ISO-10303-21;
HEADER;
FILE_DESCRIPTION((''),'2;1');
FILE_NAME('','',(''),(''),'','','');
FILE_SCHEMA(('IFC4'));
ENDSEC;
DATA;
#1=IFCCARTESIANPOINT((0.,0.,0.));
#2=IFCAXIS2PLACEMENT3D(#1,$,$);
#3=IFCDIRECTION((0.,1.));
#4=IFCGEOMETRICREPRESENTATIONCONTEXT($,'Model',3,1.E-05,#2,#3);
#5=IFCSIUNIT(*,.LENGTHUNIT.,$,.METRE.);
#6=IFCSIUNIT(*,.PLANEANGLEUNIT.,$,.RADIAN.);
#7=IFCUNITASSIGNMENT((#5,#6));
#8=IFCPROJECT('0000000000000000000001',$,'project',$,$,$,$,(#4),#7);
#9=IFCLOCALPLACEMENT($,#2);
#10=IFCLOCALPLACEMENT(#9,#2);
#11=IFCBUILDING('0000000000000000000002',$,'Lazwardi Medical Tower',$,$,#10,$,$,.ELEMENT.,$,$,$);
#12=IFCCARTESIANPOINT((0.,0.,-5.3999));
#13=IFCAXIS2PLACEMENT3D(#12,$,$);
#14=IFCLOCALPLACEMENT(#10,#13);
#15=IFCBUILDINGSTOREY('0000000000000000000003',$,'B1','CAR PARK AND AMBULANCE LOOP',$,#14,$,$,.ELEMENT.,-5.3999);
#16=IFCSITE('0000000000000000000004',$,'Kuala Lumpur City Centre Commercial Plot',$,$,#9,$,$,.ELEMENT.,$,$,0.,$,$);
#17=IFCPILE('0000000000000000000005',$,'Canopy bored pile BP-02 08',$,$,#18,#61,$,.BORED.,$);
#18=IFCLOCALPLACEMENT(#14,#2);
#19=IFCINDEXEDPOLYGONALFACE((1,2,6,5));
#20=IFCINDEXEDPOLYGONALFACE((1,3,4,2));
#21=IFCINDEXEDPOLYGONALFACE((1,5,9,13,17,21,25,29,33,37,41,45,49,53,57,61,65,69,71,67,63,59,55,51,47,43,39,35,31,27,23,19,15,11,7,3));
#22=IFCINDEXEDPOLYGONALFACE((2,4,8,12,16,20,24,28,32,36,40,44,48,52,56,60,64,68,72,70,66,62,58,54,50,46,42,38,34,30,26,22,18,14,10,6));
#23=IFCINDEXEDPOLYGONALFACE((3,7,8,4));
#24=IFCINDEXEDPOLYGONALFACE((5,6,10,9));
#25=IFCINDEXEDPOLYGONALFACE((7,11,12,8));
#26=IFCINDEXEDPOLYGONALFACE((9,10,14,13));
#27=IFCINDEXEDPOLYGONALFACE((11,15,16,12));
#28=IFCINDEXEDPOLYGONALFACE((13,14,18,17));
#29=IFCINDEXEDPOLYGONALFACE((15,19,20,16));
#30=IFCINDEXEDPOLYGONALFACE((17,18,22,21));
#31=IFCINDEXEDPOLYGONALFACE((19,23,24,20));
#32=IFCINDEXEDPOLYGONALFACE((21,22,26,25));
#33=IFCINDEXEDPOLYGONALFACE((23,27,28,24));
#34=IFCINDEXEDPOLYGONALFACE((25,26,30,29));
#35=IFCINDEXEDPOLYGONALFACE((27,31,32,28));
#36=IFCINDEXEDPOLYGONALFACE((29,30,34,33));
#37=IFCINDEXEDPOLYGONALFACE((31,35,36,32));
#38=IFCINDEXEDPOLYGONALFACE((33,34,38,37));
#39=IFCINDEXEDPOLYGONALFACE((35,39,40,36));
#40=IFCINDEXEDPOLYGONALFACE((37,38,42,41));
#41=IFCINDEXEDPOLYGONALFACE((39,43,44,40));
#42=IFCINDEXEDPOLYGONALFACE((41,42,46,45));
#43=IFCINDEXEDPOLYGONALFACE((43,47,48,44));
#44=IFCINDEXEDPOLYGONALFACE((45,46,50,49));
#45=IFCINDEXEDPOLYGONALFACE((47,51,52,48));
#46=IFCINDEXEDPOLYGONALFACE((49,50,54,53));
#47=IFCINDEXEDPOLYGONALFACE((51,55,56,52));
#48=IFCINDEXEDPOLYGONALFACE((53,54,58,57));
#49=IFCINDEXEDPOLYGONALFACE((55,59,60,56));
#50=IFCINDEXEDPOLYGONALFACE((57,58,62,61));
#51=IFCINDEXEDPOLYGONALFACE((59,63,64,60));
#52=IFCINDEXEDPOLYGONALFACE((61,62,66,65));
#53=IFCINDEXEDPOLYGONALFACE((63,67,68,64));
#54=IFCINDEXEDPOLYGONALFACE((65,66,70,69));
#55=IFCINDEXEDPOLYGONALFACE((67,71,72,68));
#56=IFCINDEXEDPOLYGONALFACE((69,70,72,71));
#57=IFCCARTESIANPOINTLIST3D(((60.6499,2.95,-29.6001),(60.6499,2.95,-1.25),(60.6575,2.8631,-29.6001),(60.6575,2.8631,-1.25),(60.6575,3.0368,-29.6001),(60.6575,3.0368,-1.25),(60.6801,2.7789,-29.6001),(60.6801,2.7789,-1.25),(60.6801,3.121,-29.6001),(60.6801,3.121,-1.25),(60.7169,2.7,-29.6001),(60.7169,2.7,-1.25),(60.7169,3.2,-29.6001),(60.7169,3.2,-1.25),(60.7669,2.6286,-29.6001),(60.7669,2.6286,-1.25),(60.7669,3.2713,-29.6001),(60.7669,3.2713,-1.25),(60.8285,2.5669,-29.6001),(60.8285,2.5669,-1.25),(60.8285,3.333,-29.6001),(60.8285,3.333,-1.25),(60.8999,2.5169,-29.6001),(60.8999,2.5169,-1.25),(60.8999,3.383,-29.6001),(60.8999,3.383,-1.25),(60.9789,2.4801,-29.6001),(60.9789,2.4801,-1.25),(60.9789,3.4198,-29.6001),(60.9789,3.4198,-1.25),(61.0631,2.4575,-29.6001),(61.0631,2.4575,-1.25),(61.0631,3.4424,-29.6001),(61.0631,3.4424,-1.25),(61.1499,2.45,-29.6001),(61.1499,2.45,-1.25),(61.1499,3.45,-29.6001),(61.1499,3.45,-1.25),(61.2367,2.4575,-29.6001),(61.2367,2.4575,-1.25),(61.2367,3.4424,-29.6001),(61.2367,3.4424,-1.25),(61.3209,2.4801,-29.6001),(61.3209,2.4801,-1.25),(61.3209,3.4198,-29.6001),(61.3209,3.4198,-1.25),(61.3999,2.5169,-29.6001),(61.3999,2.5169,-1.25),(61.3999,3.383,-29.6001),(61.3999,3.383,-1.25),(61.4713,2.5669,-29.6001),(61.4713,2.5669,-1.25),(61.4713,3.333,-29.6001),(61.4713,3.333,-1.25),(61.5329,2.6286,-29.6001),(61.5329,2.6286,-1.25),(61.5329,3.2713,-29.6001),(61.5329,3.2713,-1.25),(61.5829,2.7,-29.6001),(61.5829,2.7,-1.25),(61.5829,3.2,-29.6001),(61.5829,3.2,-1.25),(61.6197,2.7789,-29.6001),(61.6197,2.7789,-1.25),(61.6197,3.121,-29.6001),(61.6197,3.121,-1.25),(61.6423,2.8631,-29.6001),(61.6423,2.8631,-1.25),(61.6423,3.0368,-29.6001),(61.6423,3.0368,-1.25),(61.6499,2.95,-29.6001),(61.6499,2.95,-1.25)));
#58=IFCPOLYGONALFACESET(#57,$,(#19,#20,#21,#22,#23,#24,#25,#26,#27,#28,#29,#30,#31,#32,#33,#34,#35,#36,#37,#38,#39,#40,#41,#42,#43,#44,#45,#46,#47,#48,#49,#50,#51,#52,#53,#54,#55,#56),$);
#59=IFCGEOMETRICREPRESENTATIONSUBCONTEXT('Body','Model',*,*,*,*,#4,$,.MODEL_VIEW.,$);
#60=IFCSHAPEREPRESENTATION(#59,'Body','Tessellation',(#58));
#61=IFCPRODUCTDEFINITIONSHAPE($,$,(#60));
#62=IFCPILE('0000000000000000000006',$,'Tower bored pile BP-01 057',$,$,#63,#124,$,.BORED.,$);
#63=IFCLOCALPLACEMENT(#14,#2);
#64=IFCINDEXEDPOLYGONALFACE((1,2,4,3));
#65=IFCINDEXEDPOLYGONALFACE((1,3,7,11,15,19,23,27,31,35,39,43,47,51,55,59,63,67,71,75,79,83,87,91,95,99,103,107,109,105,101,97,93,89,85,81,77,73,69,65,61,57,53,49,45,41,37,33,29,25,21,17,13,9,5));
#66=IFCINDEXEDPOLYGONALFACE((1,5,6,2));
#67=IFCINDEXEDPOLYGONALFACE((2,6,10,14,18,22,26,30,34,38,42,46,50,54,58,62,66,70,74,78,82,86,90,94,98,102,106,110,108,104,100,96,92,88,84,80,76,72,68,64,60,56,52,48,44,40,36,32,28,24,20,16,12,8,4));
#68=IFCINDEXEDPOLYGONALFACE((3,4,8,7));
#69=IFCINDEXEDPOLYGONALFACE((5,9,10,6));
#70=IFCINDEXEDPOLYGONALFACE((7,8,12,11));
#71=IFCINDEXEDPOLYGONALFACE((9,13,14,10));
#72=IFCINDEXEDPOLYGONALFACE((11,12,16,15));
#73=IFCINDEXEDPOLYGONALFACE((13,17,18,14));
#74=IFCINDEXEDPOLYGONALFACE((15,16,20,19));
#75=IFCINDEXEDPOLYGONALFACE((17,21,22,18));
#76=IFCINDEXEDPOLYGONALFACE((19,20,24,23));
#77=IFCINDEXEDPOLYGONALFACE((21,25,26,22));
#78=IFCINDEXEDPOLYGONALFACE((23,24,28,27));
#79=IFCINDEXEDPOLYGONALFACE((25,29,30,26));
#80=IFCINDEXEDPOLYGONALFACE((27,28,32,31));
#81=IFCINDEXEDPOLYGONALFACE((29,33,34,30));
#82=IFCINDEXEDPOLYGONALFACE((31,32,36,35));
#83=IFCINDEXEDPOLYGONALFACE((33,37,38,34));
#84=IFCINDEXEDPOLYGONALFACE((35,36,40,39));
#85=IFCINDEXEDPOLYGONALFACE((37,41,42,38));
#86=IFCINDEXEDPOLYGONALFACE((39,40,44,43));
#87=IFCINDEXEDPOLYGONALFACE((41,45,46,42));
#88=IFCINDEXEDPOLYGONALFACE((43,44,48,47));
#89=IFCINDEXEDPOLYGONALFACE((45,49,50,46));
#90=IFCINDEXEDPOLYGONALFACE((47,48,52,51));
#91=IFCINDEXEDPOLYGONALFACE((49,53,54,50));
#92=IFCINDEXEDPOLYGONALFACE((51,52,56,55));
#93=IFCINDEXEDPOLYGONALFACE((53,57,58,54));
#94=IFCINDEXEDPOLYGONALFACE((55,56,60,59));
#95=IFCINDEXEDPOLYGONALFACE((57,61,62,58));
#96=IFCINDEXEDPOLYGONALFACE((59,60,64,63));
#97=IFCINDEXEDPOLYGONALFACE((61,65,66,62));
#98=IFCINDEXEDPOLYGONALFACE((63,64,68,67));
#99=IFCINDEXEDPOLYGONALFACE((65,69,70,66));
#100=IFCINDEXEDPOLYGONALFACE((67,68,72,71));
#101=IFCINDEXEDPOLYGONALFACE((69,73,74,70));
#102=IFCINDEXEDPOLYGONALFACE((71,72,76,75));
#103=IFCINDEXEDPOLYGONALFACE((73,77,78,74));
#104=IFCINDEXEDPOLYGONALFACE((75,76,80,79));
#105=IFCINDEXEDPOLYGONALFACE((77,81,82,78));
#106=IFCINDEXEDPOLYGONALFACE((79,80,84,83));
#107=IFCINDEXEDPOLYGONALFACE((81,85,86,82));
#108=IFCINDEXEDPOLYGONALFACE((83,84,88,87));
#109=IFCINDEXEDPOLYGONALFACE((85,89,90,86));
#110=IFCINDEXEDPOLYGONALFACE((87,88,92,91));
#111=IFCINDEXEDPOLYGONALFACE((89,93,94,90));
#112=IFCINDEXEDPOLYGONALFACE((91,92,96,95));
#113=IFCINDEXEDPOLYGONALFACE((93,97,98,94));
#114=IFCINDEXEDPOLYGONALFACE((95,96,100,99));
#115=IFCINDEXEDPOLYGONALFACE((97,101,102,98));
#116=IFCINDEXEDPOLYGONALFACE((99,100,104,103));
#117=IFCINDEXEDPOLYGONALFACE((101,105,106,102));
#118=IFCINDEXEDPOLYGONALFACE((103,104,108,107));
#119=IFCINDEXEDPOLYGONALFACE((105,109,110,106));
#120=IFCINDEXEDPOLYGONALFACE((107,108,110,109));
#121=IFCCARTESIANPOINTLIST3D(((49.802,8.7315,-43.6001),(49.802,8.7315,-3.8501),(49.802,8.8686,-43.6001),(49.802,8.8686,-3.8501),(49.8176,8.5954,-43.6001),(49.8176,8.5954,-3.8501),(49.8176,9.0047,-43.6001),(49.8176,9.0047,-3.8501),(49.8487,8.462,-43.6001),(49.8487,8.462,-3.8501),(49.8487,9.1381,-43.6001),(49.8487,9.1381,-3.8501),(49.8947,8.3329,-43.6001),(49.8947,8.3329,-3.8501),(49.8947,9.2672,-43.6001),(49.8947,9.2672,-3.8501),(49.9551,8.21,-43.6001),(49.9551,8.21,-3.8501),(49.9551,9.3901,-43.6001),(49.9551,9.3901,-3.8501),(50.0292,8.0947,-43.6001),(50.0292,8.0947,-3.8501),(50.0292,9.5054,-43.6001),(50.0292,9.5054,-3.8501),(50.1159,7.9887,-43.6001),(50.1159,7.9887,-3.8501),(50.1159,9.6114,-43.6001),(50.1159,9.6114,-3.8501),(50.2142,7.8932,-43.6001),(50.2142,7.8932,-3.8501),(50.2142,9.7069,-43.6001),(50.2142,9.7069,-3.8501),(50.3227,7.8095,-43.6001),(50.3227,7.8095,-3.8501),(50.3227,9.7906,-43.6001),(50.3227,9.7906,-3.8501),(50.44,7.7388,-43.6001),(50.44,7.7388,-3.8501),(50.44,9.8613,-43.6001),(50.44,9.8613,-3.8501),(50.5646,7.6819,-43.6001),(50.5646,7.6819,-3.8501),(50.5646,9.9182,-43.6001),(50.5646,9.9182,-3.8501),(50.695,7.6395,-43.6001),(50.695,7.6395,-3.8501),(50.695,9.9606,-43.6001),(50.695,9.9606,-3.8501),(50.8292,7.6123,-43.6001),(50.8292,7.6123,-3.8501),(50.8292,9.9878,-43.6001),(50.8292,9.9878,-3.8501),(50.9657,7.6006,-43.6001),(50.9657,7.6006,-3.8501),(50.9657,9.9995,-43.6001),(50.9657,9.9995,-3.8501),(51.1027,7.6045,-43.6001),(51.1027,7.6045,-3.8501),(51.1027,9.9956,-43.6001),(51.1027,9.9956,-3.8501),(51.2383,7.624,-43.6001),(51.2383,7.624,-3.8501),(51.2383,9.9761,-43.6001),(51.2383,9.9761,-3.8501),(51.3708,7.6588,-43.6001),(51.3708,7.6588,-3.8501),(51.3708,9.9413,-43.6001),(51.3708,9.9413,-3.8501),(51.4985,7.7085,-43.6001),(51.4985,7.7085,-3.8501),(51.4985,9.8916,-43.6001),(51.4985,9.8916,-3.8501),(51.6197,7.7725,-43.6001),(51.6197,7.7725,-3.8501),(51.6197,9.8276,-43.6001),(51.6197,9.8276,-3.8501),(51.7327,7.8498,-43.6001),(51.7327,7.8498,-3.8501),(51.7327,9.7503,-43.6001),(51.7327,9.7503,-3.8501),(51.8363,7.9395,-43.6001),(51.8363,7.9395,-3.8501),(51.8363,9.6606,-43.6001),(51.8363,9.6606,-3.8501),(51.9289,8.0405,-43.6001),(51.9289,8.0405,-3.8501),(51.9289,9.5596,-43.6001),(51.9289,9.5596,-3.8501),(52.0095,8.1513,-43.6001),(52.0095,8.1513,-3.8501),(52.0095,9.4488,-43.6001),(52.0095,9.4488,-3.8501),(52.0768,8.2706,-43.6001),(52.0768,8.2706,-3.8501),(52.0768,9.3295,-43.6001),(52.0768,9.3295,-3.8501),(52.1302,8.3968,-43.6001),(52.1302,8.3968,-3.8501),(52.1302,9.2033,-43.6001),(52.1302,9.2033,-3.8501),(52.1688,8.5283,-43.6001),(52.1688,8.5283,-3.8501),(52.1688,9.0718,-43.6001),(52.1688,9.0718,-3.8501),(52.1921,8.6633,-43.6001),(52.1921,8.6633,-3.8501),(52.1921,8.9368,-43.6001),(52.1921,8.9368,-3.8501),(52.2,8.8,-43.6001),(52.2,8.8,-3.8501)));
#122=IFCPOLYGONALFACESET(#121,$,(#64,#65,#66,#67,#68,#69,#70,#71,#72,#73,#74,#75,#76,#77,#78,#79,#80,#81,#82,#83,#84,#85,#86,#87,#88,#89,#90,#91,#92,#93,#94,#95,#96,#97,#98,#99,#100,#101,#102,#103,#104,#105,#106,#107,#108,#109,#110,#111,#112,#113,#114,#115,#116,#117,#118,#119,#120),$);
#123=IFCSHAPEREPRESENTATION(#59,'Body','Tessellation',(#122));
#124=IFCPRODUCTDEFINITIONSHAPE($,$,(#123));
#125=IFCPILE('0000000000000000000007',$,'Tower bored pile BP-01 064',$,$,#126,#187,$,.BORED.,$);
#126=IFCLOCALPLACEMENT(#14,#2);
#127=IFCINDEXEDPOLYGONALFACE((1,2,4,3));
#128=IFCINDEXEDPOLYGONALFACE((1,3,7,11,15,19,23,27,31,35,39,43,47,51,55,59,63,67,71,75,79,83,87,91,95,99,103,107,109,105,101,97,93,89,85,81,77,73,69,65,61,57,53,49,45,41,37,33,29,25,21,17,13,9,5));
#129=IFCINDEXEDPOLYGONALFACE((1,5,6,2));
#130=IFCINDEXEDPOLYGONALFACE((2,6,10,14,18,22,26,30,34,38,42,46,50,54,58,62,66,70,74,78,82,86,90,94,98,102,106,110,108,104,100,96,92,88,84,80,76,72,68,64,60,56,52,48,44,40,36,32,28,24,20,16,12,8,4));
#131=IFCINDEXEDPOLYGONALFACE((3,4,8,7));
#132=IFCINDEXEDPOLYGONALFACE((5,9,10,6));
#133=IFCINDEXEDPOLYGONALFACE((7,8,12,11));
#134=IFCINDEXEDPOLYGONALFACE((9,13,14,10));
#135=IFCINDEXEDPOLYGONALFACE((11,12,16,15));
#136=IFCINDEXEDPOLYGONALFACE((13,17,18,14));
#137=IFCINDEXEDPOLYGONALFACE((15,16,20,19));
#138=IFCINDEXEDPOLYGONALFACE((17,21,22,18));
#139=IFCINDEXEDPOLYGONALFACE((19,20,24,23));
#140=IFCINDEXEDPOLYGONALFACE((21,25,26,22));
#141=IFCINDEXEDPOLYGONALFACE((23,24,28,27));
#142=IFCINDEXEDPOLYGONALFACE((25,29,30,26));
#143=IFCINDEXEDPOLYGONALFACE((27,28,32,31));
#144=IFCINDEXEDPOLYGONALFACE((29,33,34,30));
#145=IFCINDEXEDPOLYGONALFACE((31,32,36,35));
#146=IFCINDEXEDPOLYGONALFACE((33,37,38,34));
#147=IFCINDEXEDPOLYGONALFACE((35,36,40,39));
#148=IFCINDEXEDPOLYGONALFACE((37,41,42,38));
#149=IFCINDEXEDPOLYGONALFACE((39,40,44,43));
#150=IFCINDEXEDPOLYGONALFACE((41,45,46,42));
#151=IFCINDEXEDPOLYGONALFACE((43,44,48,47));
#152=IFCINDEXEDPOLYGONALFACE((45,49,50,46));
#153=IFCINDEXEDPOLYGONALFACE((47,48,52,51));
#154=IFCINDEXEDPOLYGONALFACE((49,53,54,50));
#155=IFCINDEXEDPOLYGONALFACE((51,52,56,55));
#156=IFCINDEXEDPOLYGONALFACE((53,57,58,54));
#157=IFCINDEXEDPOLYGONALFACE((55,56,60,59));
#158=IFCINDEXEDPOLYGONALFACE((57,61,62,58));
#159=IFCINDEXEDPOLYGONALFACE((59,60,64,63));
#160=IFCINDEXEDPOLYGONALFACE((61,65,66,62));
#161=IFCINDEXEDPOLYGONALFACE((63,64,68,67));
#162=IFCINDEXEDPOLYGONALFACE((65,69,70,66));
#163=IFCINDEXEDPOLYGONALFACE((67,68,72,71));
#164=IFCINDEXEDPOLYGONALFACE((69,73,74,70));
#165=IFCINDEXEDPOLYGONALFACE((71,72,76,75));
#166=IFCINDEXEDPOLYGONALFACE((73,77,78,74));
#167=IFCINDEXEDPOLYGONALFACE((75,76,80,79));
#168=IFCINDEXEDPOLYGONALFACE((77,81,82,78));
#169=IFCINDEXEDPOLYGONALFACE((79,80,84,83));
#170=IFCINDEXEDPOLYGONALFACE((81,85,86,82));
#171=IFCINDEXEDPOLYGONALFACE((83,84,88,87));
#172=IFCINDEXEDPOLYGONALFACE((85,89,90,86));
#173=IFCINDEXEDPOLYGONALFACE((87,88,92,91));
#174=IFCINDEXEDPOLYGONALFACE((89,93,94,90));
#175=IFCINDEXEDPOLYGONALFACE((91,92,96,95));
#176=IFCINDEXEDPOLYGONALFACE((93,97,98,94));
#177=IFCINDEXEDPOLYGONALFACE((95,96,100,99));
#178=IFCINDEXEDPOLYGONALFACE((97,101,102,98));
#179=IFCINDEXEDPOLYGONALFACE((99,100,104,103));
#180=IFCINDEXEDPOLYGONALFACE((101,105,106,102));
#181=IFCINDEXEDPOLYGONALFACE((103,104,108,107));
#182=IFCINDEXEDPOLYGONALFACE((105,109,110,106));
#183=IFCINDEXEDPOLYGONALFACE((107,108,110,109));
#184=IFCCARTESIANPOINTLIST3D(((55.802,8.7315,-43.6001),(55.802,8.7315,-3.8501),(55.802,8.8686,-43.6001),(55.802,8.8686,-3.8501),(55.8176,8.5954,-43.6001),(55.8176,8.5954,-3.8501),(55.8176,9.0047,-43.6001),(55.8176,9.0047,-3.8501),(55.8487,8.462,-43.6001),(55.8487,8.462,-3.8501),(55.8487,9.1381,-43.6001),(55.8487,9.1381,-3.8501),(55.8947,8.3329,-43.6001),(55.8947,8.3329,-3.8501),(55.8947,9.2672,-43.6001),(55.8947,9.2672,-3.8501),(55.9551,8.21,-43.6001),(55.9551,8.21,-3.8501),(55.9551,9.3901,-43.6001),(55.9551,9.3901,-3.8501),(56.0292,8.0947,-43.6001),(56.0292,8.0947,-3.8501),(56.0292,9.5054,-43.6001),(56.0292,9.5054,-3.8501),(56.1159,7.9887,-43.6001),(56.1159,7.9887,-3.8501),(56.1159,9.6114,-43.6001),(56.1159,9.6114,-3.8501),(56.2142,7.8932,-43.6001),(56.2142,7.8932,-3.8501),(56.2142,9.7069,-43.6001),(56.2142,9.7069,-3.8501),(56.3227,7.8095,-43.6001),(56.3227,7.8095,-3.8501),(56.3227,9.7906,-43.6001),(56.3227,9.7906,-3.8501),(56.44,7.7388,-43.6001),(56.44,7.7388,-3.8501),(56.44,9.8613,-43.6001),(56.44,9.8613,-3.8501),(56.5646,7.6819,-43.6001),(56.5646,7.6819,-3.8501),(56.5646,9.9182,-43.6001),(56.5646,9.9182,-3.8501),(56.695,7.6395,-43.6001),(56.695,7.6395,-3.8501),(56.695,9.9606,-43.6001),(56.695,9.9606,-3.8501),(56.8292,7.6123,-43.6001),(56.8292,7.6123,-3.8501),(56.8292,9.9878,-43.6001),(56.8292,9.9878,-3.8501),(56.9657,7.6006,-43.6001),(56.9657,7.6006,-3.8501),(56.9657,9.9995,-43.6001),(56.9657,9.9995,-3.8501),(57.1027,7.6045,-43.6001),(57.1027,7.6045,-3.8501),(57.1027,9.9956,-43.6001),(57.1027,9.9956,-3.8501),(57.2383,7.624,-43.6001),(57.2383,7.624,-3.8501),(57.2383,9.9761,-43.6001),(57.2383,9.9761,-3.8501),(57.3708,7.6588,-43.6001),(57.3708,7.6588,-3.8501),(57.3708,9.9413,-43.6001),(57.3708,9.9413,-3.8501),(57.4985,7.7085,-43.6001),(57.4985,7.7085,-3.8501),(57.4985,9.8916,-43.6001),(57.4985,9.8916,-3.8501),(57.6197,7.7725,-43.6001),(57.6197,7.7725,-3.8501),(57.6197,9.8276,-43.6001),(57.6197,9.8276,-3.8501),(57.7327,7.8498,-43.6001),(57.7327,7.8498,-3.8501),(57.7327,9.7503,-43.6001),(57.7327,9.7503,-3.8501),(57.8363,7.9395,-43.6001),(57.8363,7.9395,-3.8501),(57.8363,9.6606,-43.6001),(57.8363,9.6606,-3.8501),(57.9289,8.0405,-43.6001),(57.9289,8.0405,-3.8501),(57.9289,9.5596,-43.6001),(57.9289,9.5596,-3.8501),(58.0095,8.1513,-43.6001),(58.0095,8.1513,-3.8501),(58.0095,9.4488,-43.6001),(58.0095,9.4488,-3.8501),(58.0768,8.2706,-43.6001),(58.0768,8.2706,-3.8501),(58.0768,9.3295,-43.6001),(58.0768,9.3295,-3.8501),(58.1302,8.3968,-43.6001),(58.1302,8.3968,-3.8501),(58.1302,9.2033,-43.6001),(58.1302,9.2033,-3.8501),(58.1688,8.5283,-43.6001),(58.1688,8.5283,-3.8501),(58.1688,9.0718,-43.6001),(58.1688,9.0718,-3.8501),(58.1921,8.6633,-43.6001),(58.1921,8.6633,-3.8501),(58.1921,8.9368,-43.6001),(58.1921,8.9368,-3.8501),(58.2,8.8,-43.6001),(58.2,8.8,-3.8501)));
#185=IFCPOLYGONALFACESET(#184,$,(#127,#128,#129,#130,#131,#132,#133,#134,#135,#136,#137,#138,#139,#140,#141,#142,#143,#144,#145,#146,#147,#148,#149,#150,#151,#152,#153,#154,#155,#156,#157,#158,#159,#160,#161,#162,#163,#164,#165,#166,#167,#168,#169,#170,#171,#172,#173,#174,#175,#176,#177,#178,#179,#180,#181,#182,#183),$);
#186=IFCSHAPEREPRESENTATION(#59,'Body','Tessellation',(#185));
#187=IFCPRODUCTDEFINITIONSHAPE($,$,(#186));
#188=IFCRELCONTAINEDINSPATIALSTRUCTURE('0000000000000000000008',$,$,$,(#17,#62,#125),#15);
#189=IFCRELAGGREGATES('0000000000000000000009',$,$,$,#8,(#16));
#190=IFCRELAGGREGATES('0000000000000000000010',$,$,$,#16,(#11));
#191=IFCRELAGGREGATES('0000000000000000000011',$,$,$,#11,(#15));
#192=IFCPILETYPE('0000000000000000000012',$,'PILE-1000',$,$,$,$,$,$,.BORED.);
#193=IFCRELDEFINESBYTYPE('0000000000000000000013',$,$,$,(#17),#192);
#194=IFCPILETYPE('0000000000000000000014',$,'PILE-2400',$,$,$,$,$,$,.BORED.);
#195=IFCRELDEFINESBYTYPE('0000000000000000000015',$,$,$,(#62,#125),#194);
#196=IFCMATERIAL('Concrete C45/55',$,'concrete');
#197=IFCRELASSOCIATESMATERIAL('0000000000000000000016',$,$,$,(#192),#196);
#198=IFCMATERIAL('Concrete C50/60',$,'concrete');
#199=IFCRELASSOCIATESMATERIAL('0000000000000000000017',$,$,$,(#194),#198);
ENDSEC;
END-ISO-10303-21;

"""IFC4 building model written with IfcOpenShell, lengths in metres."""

from ifc_helpers import new_model, si_unit, direction, frame, origin, origin_2d, place, context, subcontext, project, spatial, circle, extrude, material, material_profile, profile_set, type_object, element, save


model = new_model("IFC4")

# Units and contexts
model_context = context("Model", 3, precision=1e-05, world=origin(), true_north=direction((0.0, 1.0)))
body_context = subcontext(model_context, "Body", "Model", "MODEL_VIEW")
ifc_project = project(units=[si_unit("LENGTHUNIT", "METRE"), si_unit("PLANEANGLEUNIT", "RADIAN")], contexts=[model_context])

# Site, building, storey
site_placement = place(None, origin())
site = spatial("IfcSite", under=ifc_project, at=site_placement, Name="Kuala Lumpur City Centre Commercial Plot", CompositionType="ELEMENT", RefElevation=0.0)
building_placement = place(site_placement, origin())
building = spatial("IfcBuilding", under=site, at=building_placement, Name="Lazwardi Medical Tower", CompositionType="ELEMENT")
storey_placement = place(building_placement, frame((0.0, 0.0, -5.3999)))
storey = spatial("IfcBuildingStorey", under=building, at=storey_placement, Name="B1", Description="CAR PARK AND AMBULANCE LOOP", CompositionType="ELEMENT", Elevation=-5.3999)

# Shared definitions
ifc_material_1 = material(Name="Concrete C45/55", Category="concrete")

# Piles
ifc_material_profile_1 = material_profile(ifc_material_1, circle(Radius=0.5, at=origin_2d()), Name="BORED PILE D1000")
ifc_profile_set_1 = profile_set([ifc_material_profile_1], Name="Concrete C45/55")
pile_type_1 = type_object("IfcPileType", Name="PILE-1000", PredefinedType="BORED", material=ifc_profile_set_1)
for number, where, z_axis, x_axis, name in (
    (1, (61.1499, 2.95, -1.25), (0.0, 0.0, -1.0), (1.0, 0.0, 0.0), "Canopy bored pile BP-02 08"),
):
    element("IfcPile", number, at=place(storey_placement, frame(where, z_axis=z_axis, x_axis=x_axis)), inside=storey, type_object=pile_type_1, Name=name, PredefinedType="BORED", context=body_context, shape_type="SweptSolid", body=[
        extrude(circle(Radius=0.5, at=origin_2d()), origin(), (0.0, 0.0, 1.0), 28.3501),
    ])
ifc_material_2 = material(Name="Concrete C50/60", Category="concrete")
ifc_material_profile_2 = material_profile(ifc_material_2, circle(Radius=1.2, at=origin_2d()), Name="BORED PILE D2400")
ifc_profile_set_2 = profile_set([ifc_material_profile_2], Name="Concrete C50/60")
pile_type_2 = type_object("IfcPileType", Name="PILE-2400", PredefinedType="BORED", material=ifc_profile_set_2)
for number, where, z_axis, x_axis, name in (
    (2, (51.0, 8.8, -3.8501), (0.0, 0.0, -1.0), (1.0, 0.0, 0.0), "Tower bored pile BP-01 057"),
    (3, (57.0, 8.8, -3.8501), (0.0, 0.0, -1.0), (1.0, 0.0, 0.0), "Tower bored pile BP-01 064"),
):
    element("IfcPile", number, at=place(storey_placement, frame(where, z_axis=z_axis, x_axis=x_axis)), inside=storey, type_object=pile_type_2, Name=name, PredefinedType="BORED", context=body_context, shape_type="SweptSolid", body=[
        extrude(circle(Radius=1.2, at=origin_2d()), origin(), (0.0, 0.0, 1.0), 39.75),
    ])

save(model, "model.ifc")
